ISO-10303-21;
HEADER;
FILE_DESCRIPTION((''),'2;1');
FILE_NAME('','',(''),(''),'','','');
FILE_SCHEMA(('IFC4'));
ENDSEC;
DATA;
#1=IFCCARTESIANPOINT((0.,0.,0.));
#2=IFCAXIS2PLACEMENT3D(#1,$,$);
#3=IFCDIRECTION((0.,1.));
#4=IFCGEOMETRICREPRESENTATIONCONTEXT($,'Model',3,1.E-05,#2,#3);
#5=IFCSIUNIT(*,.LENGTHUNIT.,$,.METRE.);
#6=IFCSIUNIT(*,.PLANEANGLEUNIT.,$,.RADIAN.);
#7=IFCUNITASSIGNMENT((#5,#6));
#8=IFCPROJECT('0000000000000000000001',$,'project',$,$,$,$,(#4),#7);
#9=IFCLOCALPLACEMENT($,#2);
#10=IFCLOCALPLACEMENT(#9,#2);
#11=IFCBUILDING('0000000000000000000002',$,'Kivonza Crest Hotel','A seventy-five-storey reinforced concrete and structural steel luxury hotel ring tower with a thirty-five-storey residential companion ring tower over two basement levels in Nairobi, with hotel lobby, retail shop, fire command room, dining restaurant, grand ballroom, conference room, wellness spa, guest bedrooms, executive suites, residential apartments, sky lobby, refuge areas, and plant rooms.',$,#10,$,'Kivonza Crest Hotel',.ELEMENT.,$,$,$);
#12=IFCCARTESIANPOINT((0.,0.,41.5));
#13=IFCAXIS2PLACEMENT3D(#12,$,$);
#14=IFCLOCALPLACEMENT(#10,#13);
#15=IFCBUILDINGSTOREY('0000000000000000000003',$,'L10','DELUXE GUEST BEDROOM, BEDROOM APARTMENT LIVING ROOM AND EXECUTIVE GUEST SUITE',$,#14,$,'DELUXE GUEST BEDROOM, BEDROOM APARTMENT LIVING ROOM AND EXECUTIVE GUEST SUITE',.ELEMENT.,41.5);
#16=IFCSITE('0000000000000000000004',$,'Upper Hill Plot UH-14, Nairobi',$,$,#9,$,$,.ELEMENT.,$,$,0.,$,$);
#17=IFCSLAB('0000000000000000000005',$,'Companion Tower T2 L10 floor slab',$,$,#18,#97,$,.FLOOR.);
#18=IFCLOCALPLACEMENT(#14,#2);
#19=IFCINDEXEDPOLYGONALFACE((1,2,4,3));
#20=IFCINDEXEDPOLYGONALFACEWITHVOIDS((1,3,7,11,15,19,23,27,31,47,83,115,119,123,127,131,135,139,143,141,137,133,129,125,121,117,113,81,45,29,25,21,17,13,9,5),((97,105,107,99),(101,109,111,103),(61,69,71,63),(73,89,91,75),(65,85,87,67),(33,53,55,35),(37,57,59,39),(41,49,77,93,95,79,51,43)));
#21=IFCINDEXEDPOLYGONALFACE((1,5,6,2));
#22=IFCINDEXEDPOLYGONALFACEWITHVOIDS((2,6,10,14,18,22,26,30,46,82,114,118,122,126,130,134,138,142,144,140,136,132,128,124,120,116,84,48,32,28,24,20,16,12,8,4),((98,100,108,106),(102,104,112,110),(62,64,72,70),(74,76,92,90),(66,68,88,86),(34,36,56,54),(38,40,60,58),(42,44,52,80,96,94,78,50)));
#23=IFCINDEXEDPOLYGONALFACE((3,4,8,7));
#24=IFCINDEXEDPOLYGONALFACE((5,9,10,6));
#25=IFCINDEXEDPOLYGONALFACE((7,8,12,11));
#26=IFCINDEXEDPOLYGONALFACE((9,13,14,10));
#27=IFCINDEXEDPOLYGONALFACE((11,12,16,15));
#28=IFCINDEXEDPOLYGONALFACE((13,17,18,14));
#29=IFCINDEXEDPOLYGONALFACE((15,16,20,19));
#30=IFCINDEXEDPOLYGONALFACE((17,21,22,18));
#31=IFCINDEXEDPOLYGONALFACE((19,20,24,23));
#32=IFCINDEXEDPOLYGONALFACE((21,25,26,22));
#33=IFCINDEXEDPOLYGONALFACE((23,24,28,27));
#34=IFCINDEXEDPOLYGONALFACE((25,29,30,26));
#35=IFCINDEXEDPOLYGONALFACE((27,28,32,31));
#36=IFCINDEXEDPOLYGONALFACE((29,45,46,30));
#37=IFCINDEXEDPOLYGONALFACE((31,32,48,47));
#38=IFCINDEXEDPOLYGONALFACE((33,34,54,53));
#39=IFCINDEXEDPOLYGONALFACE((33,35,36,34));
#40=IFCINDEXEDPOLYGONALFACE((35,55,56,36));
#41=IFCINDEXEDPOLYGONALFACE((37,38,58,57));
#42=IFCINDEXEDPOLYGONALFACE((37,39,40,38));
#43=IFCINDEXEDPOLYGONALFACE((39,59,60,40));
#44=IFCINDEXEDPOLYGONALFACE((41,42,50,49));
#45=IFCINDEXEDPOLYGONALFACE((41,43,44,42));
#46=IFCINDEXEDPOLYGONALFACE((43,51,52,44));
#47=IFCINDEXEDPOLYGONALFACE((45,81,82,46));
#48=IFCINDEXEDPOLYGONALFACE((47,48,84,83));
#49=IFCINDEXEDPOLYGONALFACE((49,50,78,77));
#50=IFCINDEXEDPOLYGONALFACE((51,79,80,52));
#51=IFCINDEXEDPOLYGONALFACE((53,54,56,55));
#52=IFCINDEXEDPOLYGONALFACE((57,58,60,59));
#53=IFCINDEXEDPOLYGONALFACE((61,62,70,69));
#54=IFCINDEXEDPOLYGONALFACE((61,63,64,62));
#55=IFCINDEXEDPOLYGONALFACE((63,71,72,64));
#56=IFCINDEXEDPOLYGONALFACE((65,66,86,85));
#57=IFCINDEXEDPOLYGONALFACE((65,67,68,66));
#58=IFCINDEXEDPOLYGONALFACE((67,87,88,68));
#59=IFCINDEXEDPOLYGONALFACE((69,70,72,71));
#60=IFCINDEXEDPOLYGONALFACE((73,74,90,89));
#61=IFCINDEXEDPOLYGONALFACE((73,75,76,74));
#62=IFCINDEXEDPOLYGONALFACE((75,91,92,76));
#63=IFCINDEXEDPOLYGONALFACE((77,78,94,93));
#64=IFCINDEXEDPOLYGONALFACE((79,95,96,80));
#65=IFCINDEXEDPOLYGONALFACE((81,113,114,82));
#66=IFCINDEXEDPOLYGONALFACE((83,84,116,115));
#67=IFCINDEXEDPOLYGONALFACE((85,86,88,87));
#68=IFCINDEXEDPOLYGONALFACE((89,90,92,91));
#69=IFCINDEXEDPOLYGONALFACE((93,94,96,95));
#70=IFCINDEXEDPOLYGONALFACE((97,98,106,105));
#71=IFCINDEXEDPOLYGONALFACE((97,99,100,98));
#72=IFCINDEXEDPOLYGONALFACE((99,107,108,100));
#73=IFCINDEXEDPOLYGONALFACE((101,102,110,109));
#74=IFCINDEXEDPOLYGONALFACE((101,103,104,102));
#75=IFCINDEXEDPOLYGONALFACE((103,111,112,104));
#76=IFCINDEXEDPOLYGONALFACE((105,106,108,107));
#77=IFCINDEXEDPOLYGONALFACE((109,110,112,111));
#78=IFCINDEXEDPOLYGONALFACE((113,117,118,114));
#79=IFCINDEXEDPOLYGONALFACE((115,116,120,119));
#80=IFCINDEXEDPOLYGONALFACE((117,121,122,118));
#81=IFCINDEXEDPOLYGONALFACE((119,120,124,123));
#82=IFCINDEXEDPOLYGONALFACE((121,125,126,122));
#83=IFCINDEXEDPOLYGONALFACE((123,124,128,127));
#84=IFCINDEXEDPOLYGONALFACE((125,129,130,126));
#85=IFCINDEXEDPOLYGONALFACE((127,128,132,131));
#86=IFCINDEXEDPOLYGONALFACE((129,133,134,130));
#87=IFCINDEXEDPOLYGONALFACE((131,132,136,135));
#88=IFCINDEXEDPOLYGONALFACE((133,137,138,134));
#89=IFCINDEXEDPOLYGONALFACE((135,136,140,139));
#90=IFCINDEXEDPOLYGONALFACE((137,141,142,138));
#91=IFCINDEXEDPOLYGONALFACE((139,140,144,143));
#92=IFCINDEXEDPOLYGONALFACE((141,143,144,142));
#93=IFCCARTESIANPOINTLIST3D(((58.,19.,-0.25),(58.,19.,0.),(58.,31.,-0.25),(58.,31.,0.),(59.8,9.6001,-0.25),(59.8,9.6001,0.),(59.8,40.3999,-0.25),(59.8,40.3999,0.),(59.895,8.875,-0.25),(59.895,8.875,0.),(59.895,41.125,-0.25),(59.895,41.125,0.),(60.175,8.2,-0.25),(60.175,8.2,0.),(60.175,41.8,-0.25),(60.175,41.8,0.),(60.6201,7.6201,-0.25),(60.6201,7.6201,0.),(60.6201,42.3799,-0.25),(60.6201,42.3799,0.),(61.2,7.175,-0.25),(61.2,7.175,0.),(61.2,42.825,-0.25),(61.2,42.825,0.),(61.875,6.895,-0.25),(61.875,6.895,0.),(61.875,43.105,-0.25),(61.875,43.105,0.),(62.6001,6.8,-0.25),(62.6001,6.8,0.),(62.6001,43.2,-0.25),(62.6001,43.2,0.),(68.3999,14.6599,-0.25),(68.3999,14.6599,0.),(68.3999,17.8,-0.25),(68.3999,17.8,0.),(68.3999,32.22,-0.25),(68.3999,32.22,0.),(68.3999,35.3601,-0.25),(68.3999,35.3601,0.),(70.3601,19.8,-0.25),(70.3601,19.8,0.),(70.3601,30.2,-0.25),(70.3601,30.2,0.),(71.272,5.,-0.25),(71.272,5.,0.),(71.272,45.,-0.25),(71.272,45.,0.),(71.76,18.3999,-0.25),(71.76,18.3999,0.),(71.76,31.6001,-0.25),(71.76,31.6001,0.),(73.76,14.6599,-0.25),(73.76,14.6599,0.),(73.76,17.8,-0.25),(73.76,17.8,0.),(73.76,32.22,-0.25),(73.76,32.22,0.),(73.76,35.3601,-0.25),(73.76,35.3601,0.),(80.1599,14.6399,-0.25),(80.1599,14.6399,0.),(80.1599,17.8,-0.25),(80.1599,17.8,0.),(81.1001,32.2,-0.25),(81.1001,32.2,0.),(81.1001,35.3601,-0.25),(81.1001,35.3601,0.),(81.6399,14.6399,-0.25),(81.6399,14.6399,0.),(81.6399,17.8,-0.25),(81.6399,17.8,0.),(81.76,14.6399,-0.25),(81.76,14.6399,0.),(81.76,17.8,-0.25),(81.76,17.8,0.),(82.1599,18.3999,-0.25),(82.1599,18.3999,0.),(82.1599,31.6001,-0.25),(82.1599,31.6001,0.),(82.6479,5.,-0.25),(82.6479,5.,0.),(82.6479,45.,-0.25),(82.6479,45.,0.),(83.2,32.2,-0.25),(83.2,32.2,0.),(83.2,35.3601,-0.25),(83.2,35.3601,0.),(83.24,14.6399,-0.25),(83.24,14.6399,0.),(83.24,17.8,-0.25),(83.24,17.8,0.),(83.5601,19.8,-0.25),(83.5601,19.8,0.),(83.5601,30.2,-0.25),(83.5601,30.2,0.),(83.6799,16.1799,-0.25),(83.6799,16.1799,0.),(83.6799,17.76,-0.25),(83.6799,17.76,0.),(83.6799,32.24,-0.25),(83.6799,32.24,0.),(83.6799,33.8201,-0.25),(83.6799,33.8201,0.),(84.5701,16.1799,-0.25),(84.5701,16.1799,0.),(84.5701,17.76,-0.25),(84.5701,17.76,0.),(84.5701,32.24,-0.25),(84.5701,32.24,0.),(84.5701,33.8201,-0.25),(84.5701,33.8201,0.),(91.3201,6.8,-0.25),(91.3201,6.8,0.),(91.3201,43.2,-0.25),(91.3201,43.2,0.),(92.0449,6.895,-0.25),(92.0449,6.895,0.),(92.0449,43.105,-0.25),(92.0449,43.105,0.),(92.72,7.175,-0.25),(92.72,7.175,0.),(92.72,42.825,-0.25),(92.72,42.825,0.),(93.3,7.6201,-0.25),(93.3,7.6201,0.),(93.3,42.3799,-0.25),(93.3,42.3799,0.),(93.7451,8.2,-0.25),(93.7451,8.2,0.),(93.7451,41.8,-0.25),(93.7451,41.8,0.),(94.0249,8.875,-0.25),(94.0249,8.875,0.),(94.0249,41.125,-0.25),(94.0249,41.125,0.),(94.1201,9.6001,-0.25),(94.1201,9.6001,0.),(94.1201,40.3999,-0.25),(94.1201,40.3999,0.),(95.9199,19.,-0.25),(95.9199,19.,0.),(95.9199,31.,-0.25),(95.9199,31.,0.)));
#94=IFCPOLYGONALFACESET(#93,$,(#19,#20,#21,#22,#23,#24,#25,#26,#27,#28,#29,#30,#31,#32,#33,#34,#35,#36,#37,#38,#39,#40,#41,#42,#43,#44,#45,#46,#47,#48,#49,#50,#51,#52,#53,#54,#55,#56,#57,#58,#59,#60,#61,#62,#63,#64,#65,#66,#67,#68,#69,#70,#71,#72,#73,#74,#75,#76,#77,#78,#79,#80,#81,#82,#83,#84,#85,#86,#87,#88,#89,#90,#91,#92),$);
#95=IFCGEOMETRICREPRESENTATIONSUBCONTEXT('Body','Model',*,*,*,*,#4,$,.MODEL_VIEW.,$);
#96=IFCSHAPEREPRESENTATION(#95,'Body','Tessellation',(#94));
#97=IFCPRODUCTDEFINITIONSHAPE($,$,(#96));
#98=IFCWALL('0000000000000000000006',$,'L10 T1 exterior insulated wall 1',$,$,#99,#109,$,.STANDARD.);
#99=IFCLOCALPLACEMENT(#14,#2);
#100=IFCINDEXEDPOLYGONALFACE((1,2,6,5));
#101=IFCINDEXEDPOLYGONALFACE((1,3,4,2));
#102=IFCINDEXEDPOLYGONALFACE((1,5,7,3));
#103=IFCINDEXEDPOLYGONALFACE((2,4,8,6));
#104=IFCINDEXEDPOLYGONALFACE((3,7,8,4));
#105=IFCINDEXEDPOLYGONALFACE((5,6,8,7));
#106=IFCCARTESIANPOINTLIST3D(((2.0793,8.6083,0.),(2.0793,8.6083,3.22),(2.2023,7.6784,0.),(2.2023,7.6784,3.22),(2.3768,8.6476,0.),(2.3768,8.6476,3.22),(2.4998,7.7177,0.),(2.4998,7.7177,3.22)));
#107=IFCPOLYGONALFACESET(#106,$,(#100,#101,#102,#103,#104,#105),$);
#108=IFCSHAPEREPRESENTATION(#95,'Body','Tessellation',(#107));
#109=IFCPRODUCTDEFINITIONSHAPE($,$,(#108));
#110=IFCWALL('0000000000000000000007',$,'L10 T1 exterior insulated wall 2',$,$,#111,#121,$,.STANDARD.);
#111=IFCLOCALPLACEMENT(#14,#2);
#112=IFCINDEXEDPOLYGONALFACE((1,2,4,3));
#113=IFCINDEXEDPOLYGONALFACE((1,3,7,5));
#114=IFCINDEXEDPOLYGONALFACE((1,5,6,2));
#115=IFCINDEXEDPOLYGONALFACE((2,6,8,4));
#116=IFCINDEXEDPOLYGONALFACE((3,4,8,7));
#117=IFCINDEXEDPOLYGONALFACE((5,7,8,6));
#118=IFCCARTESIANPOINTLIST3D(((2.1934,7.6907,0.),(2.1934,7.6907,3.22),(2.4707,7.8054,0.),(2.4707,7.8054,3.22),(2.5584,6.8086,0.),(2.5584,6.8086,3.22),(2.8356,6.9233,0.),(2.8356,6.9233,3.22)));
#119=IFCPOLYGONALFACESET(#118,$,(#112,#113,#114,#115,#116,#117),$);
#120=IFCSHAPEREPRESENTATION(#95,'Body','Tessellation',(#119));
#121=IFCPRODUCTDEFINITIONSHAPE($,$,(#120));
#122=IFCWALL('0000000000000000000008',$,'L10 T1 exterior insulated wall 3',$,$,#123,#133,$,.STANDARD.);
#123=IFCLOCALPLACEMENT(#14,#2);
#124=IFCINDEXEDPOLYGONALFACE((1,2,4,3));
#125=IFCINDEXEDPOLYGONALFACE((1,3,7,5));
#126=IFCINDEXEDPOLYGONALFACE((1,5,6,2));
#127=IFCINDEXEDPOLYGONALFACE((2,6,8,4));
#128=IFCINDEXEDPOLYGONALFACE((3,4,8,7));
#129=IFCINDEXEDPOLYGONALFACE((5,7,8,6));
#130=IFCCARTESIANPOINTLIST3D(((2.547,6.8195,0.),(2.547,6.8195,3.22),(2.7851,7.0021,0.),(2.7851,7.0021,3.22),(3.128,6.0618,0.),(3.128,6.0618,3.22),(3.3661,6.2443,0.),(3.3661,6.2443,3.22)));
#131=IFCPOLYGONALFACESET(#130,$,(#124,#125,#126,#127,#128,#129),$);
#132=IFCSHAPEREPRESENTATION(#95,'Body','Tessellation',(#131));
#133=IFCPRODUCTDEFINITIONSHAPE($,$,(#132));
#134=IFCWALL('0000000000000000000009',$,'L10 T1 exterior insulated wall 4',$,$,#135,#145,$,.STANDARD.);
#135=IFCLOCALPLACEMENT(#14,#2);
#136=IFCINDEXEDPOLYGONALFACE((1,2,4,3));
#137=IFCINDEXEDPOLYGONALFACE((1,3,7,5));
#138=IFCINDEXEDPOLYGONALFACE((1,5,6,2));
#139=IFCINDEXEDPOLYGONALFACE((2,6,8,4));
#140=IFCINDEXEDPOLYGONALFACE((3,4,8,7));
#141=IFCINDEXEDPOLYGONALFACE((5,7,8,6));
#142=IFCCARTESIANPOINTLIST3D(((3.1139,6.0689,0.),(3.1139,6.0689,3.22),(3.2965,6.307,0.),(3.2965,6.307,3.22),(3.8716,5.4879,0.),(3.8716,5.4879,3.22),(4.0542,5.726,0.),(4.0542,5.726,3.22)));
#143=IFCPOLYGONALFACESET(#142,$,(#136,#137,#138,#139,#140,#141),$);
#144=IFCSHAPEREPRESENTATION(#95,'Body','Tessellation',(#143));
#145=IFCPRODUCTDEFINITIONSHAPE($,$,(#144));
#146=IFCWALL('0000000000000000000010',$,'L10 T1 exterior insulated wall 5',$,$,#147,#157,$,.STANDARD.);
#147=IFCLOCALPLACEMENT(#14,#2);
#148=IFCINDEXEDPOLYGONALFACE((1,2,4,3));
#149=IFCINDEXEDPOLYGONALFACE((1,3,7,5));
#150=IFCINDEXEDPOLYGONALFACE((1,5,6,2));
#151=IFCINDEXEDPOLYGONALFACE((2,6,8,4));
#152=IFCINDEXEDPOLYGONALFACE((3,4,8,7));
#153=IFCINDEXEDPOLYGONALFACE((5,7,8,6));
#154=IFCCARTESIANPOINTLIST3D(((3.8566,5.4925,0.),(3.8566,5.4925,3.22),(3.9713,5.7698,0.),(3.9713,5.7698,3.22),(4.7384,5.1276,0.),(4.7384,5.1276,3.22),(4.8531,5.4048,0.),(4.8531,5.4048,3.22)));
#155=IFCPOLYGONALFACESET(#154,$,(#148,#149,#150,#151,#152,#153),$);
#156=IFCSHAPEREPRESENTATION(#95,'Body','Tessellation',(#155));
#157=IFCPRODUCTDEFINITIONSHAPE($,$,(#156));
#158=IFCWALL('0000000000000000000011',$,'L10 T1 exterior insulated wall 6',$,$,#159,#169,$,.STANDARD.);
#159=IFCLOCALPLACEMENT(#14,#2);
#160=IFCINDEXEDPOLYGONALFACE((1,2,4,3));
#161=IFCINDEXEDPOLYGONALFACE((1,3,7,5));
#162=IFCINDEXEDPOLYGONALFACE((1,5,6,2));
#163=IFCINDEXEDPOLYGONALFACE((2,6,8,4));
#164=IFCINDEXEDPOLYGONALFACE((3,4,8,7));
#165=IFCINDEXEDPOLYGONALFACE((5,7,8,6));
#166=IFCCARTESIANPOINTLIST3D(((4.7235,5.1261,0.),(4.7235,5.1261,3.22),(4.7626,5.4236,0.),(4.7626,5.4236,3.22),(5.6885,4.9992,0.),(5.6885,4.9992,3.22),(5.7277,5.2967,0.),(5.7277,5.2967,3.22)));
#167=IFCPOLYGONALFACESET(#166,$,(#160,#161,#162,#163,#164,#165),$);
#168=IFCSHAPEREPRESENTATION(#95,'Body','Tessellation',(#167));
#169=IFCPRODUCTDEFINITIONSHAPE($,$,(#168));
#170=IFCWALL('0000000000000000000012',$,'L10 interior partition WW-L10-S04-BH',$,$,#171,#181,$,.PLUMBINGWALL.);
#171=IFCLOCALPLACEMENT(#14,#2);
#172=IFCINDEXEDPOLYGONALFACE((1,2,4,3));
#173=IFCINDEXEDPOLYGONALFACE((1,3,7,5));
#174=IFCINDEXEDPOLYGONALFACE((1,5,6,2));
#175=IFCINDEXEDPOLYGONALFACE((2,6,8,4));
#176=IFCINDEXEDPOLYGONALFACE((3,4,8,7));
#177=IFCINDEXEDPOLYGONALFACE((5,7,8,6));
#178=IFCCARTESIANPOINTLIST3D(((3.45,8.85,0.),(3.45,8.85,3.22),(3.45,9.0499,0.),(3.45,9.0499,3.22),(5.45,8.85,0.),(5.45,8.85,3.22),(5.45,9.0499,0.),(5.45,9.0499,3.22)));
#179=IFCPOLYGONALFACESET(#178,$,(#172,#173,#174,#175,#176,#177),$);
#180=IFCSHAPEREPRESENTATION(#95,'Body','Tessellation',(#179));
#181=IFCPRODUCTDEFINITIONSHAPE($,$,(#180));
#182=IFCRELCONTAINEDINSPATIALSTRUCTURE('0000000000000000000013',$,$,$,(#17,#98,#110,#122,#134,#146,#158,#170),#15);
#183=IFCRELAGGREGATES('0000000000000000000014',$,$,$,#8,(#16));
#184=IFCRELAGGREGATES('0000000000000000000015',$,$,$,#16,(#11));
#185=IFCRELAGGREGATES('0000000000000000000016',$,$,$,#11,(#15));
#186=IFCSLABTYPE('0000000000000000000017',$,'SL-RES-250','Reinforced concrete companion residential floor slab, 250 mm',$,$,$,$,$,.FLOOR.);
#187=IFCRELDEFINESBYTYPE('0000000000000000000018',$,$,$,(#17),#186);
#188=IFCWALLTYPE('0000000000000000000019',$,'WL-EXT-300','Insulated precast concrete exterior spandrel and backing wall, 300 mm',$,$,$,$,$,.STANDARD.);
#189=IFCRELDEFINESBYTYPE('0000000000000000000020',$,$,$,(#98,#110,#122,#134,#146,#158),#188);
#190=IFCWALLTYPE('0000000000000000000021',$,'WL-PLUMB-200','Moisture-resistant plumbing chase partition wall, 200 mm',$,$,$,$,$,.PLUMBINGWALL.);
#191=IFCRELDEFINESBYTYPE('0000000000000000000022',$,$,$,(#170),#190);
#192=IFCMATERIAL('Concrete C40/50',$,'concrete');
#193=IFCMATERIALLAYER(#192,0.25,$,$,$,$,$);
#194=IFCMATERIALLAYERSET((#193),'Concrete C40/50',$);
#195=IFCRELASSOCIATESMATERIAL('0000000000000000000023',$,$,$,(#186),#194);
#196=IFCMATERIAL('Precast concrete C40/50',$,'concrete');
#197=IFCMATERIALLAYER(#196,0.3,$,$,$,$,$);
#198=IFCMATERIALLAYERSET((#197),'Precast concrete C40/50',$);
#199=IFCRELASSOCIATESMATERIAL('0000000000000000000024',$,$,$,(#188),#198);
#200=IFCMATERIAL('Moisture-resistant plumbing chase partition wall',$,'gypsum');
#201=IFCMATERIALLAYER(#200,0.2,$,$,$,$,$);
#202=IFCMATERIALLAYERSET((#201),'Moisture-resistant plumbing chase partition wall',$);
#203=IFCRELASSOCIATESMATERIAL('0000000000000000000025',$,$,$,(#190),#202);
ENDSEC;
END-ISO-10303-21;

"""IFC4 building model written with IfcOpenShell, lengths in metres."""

from ifc_helpers import new_model, si_unit, direction, frame, frame_2d, origin, place, context, subcontext, project, spatial, polyline, rectangle, outline, extrude, material, layer, layer_set, type_object, element, save


model = new_model("IFC4")

# Units and contexts
model_context = context("Model", 3, precision=1e-05, world=origin(), true_north=direction((0.0, 1.0)))
body_context = subcontext(model_context, "Body", "Model", "MODEL_VIEW")
ifc_project = project(units=[si_unit("LENGTHUNIT", "METRE"), si_unit("PLANEANGLEUNIT", "RADIAN")], contexts=[model_context])

# Site, building, storey
site_placement = place(None, origin())
site = spatial("IfcSite", under=ifc_project, at=site_placement, Name="Upper Hill Plot UH-14, Nairobi", CompositionType="ELEMENT", RefElevation=0.0)
building_placement = place(site_placement, origin())
building = spatial("IfcBuilding", under=site, at=building_placement, Name="Kivonza Crest Hotel", Description="A seventy-five-storey reinforced concrete and structural steel luxury hotel ring tower with a thirty-five-storey residential companion ring tower over two basement levels in Nairobi, with hotel lobby, retail shop, fire command room, dining restaurant, grand ballroom, conference room, wellness spa, guest bedrooms, executive suites, residential apartments, sky lobby, refuge areas, and plant rooms.", LongName="Kivonza Crest Hotel", CompositionType="ELEMENT")
storey_placement = place(building_placement, frame((0.0, 0.0, 41.5)))
storey = spatial("IfcBuildingStorey", under=building, at=storey_placement, Name="L10", Description="DELUXE GUEST BEDROOM, BEDROOM APARTMENT LIVING ROOM AND EXECUTIVE GUEST SUITE", LongName="DELUXE GUEST BEDROOM, BEDROOM APARTMENT LIVING ROOM AND EXECUTIVE GUEST SUITE", CompositionType="ELEMENT", Elevation=41.5)

# Shared definitions
ifc_material_1 = material(Name="Concrete C40/50", Category="concrete")

# Slab
ifc_layer_1 = layer(ifc_material_1, 0.25)
ifc_layer_set_1 = layer_set([ifc_layer_1], Name="Concrete C40/50")
slab_type_1 = type_object("IfcSlabType", Name="SL-RES-250", Description="Reinforced concrete companion residential floor slab, 250 mm", PredefinedType="FLOOR", material=ifc_layer_set_1)
slab_1_placement = place(storey_placement, frame((0.0, 0.0, -0.25)))
element("IfcSlab", 1, at=slab_1_placement, inside=storey, type_object=slab_type_1, Name="Companion Tower T2 L10 floor slab", PredefinedType="FLOOR", context=body_context, shape_type="SweptSolid", body=[
    extrude(outline(polyline([(59.8, 9.6001), (59.895, 8.875), (60.175, 8.2), (60.6201, 7.6201), (61.2, 7.175), (61.875, 6.895), (62.6001, 6.8), (71.272, 5.0), (82.6479, 5.0), (91.3201, 6.8), (92.0449, 6.895), (92.72, 7.175), (93.3, 7.6201), (93.7451, 8.2), (94.0249, 8.875), (94.1201, 9.6001), (95.9199, 19.0), (95.9199, 31.0), (94.1201, 40.3999), (94.0249, 41.125), (93.7451, 41.8), (93.3, 42.3799), (92.72, 42.825), (92.0449, 43.105), (91.3201, 43.2), (82.6479, 45.0), (71.272, 45.0), (62.6001, 43.2), (61.875, 43.105), (61.2, 42.825), (60.6201, 42.3799), (60.175, 41.8), (59.895, 41.125), (59.8, 40.3999), (58.0, 31.0), (58.0, 19.0), (59.8, 9.6001)]), holes=[polyline([(71.76, 18.3999), (82.1599, 18.3999), (83.5601, 19.8), (83.5601, 30.2), (82.1599, 31.6001), (71.76, 31.6001), (70.3601, 30.2), (70.3601, 19.8), (71.76, 18.3999)]), polyline([(68.3999, 32.22), (73.76, 32.22), (73.76, 35.3601), (68.3999, 35.3601), (68.3999, 32.22)]), polyline([(68.3999, 14.6599), (73.76, 14.6599), (73.76, 17.8), (68.3999, 17.8), (68.3999, 14.6599)]), polyline([(83.6799, 32.24), (84.5701, 32.24), (84.5701, 33.8201), (83.6799, 33.8201), (83.6799, 32.24)]), polyline([(83.6799, 16.1799), (84.5701, 16.1799), (84.5701, 17.76), (83.6799, 17.76), (83.6799, 16.1799)]), polyline([(81.1001, 32.2), (83.2, 32.2), (83.2, 35.3601), (81.1001, 35.3601), (81.1001, 32.2)]), polyline([(80.1599, 14.6399), (81.6399, 14.6399), (81.6399, 17.8), (80.1599, 17.8), (80.1599, 14.6399)]), polyline([(81.76, 14.6399), (83.24, 14.6399), (83.24, 17.8), (81.76, 17.8), (81.76, 14.6399)])]), origin(), (0.0, 0.0, 1.0), 0.25),
])

# Walls
ifc_material_2 = material(Name="Precast concrete C40/50", Category="concrete")
ifc_layer_2 = layer(ifc_material_2, 0.3)
ifc_layer_set_2 = layer_set([ifc_layer_2], Name="Precast concrete C40/50")
wall_type_1 = type_object("IfcWallType", Name="WL-EXT-300", Description="Insulated precast concrete exterior spandrel and backing wall, 300 mm", PredefinedType="STANDARD", material=ifc_layer_set_2)
wall_1_placement = place(storey_placement, frame((2.228, 8.6279, 0.0), z_axis=(0.0, 0.0, 1.0), x_axis=(0.131175, -0.991359, 0.0)))
element("IfcWall", 2, at=wall_1_placement, inside=storey, type_object=wall_type_1, Name="L10 T1 exterior insulated wall 1", PredefinedType="STANDARD", context=body_context, shape_type="SweptSolid", body=[
    extrude(rectangle(XDim=0.938, YDim=0.3, at=frame_2d((0.469, 0.0))), origin(), (0.0, 0.0, 1.0), 3.22),
])
wall_2_placement = place(storey_placement, frame((2.332, 7.748, 0.0), z_axis=(0.0, 0.0, 1.0), x_axis=(0.382344, -0.92402, 0.0)))
element("IfcWall", 3, at=wall_2_placement, inside=storey, type_object=wall_type_1, Name="L10 T1 exterior insulated wall 2", PredefinedType="STANDARD", context=body_context, shape_type="SweptSolid", body=[
    extrude(rectangle(XDim=0.9546, YDim=0.3, at=frame_2d((0.4773, 0.0))), origin(), (0.0, 0.0, 1.0), 3.22),
])
for number, where, z_axis, x_axis, name in (
    (4, (2.666, 6.9109, 0.0), (0.0, 0.0, 1.0), (0.608474, -0.793573, 0.0), "L10 T1 exterior insulated wall 3"),
    (5, (3.2051, 6.188, 0.0), (0.0, 0.0, 1.0), (0.793573, -0.608474, 0.0), "L10 T1 exterior insulated wall 4"),
):
    element("IfcWall", number, at=place(storey_placement, frame(where, z_axis=z_axis, x_axis=x_axis)), inside=storey, type_object=wall_type_1, Name=name, PredefinedType="STANDARD", context=body_context, shape_type="SweptSolid", body=[
        extrude(rectangle(XDim=0.9548, YDim=0.3, at=frame_2d((0.4775, 0.0))), origin(), (0.0, 0.0, 1.0), 3.22),
    ])
wall_3_placement = place(storey_placement, frame((3.9141, 5.6311, 0.0), z_axis=(0.0, 0.0, 1.0), x_axis=(0.923983, -0.382435, 0.0)))
element("IfcWall", 6, at=wall_3_placement, inside=storey, type_object=wall_type_1, Name="L10 T1 exterior insulated wall 5", PredefinedType="STANDARD", context=body_context, shape_type="SweptSolid", body=[
    extrude(rectangle(XDim=0.9543, YDim=0.3, at=frame_2d((0.4771, 0.0))), origin(), (0.0, 0.0, 1.0), 3.22),
])
wall_4_placement = place(storey_placement, frame((4.7429, 5.2749, 0.0), z_axis=(0.0, 0.0, 1.0), x_axis=(0.991459, -0.130422, 0.0)))
element("IfcWall", 7, at=wall_4_placement, inside=storey, type_object=wall_type_1, Name="L10 T1 exterior insulated wall 6", PredefinedType="STANDARD", context=body_context, shape_type="SweptSolid", body=[
    extrude(rectangle(XDim=0.9734, YDim=0.3, at=frame_2d((0.4868, 0.0))), origin(), (0.0, 0.0, 1.0), 3.22),
])
ifc_material_3 = material(Name="Moisture-resistant plumbing chase partition wall", Category="gypsum")
ifc_layer_3 = layer(ifc_material_3, 0.2)
ifc_layer_set_3 = layer_set([ifc_layer_3], Name="Moisture-resistant plumbing chase partition wall")
wall_type_2 = type_object("IfcWallType", Name="WL-PLUMB-200", Description="Moisture-resistant plumbing chase partition wall, 200 mm", PredefinedType="PLUMBINGWALL", material=ifc_layer_set_3)
wall_5_placement = place(storey_placement, frame((3.45, 8.95, 0.0), z_axis=(0.0, 0.0, 1.0), x_axis=(1.0, 0.0, 0.0)))
element("IfcWall", 8, at=wall_5_placement, inside=storey, type_object=wall_type_2, Name="L10 interior partition WW-L10-S04-BH", PredefinedType="PLUMBINGWALL", context=body_context, shape_type="SweptSolid", body=[
    extrude(rectangle(XDim=2.0, YDim=0.2, at=frame_2d((1.0, 0.0))), origin(), (0.0, 0.0, 1.0), 3.22),
])

save(model, "model.ifc")
